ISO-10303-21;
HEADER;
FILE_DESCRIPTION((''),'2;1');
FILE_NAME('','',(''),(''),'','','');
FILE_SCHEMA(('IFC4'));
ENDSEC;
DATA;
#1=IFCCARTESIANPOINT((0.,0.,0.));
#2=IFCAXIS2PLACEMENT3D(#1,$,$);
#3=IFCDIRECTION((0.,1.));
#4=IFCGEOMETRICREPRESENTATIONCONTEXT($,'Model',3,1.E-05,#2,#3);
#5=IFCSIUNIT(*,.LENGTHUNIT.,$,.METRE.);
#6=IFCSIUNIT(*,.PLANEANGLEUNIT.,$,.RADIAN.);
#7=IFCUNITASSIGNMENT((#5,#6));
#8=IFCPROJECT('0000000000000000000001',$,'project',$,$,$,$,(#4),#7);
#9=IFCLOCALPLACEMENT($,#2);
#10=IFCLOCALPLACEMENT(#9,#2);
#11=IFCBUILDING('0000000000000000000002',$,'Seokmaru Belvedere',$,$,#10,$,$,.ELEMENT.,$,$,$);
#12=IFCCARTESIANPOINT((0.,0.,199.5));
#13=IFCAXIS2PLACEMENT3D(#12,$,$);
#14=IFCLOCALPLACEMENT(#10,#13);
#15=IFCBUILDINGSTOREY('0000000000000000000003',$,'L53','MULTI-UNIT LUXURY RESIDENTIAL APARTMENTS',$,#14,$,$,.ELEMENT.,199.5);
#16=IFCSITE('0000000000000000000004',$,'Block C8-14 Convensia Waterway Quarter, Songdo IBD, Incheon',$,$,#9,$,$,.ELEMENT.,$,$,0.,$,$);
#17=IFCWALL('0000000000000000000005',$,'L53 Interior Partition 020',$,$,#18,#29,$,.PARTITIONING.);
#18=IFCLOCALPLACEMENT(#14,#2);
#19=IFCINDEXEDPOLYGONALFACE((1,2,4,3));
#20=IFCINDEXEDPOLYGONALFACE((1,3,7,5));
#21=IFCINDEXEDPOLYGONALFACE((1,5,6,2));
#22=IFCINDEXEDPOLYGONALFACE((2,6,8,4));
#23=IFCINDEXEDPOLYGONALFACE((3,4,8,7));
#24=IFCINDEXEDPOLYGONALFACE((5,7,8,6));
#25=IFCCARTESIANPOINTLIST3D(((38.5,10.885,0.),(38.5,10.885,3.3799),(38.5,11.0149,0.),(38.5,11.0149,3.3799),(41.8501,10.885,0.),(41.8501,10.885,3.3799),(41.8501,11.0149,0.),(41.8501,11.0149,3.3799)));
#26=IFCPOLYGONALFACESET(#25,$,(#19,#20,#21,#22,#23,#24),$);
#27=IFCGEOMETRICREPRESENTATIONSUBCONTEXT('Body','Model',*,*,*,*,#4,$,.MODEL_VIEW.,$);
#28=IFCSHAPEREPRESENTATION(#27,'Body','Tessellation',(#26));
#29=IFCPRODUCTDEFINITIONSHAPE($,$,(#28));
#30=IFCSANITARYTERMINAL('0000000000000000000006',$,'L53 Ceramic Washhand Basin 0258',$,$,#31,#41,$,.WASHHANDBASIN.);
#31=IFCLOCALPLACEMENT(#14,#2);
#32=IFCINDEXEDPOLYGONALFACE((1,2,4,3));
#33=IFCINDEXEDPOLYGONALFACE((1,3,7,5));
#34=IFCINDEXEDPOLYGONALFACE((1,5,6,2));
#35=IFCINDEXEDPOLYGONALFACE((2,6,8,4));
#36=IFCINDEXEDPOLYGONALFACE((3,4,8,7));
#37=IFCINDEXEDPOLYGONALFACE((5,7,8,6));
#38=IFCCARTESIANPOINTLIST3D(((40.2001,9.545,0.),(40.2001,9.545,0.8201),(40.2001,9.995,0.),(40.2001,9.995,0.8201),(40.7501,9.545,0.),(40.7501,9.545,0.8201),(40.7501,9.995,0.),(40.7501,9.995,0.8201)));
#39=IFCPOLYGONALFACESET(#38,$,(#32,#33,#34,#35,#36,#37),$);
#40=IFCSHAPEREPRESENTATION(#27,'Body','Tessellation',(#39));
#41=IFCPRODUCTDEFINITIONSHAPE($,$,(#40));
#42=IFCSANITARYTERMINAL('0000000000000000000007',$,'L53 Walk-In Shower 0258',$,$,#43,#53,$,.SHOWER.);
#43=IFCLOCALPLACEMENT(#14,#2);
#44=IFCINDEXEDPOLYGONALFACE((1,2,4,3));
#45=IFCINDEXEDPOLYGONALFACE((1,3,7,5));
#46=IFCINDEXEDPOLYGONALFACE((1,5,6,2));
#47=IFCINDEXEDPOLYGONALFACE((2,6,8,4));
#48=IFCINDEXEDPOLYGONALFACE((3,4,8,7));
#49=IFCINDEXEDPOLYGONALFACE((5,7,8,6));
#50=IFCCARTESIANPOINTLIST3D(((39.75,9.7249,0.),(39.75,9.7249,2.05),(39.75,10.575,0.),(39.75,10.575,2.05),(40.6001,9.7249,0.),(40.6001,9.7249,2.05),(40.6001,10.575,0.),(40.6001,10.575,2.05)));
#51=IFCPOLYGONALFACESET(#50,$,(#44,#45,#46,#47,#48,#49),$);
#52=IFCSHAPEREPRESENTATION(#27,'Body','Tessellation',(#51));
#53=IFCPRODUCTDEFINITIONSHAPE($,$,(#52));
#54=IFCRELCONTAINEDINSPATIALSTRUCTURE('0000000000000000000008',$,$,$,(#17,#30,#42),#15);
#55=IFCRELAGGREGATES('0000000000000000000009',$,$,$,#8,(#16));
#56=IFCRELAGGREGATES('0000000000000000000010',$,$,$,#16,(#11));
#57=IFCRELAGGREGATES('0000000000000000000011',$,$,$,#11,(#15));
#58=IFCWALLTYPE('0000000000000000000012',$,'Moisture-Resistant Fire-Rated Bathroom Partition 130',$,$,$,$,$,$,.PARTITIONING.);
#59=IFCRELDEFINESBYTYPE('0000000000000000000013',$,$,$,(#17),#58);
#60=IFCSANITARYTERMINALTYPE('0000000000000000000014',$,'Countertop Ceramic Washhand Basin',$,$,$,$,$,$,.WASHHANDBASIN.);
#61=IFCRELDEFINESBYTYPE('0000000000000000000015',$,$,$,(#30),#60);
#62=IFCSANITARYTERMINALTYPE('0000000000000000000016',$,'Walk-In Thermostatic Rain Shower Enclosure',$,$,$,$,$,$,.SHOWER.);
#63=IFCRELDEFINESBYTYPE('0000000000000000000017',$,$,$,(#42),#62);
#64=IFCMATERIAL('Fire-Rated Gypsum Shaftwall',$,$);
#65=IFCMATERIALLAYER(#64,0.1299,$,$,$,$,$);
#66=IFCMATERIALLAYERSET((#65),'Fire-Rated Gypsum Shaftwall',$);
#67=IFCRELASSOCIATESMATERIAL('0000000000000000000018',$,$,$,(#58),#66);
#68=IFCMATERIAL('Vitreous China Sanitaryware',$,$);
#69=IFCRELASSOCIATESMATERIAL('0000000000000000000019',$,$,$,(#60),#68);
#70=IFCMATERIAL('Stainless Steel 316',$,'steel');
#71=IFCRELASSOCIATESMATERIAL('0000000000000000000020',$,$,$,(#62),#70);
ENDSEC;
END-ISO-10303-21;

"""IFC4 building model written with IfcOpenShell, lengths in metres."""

from ifc_helpers import new_model, si_unit, direction, frame, frame_2d, origin, origin_2d, place, context, subcontext, project, spatial, rectangle, extrude, source, transform, mapped, material, layer, layer_set, type_object, type_shapes, element, save


model = new_model("IFC4")

# Units and contexts
model_context = context("Model", 3, precision=1e-05, world=origin(), true_north=direction((0.0, 1.0)))
body_context = subcontext(model_context, "Body", "Model", "MODEL_VIEW")
ifc_project = project(units=[si_unit("LENGTHUNIT", "METRE"), si_unit("PLANEANGLEUNIT", "RADIAN")], contexts=[model_context])

# Site, building, storey
site_placement = place(None, origin())
site = spatial("IfcSite", under=ifc_project, at=site_placement, Name="Block C8-14 Convensia Waterway Quarter, Songdo IBD, Incheon", CompositionType="ELEMENT", RefElevation=0.0)
building_placement = place(site_placement, origin())
building = spatial("IfcBuilding", under=site, at=building_placement, Name="Seokmaru Belvedere", CompositionType="ELEMENT")
storey_placement = place(building_placement, frame((0.0, 0.0, 199.5)))
storey = spatial("IfcBuildingStorey", under=building, at=storey_placement, Name="L53", Description="MULTI-UNIT LUXURY RESIDENTIAL APARTMENTS", CompositionType="ELEMENT", Elevation=199.5)

# Shared definitions
ifc_material_1 = material(Name="Fire-Rated Gypsum Shaftwall")

# Wall
ifc_layer_1 = layer(ifc_material_1, 0.1299)
ifc_layer_set_1 = layer_set([ifc_layer_1], Name="Fire-Rated Gypsum Shaftwall")
wall_type_1 = type_object("IfcWallType", Name="Moisture-Resistant Fire-Rated Bathroom Partition 130", PredefinedType="PARTITIONING", material=ifc_layer_set_1)
wall_1_placement = place(storey_placement, frame((38.5, 10.95, 0.0), z_axis=(0.0, 0.0, 1.0), x_axis=(1.0, 0.0, 0.0)))
element("IfcWall", 1, at=wall_1_placement, inside=storey, type_object=wall_type_1, Name="L53 Interior Partition 020", PredefinedType="PARTITIONING", context=body_context, shape_type="SweptSolid", body=[
    extrude(rectangle(XDim=3.3501, YDim=0.1299, at=frame_2d((1.675, 0.0))), origin(), (0.0, 0.0, 1.0), 3.3799),
])

# Sanitary terminals
ifc_material_2 = material(Name="Vitreous China Sanitaryware")
sanitary_terminal_type_1 = type_object("IfcSanitaryTerminalType", Name="Countertop Ceramic Washhand Basin", PredefinedType="WASHHANDBASIN", material=ifc_material_2)
shared_shape_1 = source(origin(), body_context, "Body", "SweptSolid", [
    extrude(rectangle(XDim=0.55, YDim=0.45, at=origin_2d()), origin(), (0.0, 0.0, 1.0), 0.8201),
])
type_shapes(sanitary_terminal_type_1, [shared_shape_1])
sanitary_terminal_1_placement = place(storey_placement, frame((40.4751, 9.77, 0.0), z_axis=(0.0, 0.0, 1.0), x_axis=(1.0, 0.0, 0.0)))
element("IfcSanitaryTerminal", 2, at=sanitary_terminal_1_placement, inside=storey, type_object=sanitary_terminal_type_1, Name="L53 Ceramic Washhand Basin 0258", PredefinedType="WASHHANDBASIN", context=body_context, shape_type="MappedRepresentation", body=[
    mapped(shared_shape_1, transform((0.0, 0.0, 0.0), scale=1.0)),
])
ifc_material_3 = material(Name="Stainless Steel 316", Category="steel")
sanitary_terminal_type_2 = type_object("IfcSanitaryTerminalType", Name="Walk-In Thermostatic Rain Shower Enclosure", PredefinedType="SHOWER", material=ifc_material_3)
shared_shape_2 = source(origin(), body_context, "Body", "SweptSolid", [
    extrude(rectangle(XDim=0.8501, YDim=0.8501, at=origin_2d()), origin(), (0.0, 0.0, 1.0), 2.05),
])
type_shapes(sanitary_terminal_type_2, [shared_shape_2])
sanitary_terminal_2_placement = place(storey_placement, frame((40.175, 10.1499, 0.0), z_axis=(0.0, 0.0, 1.0), x_axis=(1.0, 0.0, 0.0)))
element("IfcSanitaryTerminal", 3, at=sanitary_terminal_2_placement, inside=storey, type_object=sanitary_terminal_type_2, Name="L53 Walk-In Shower 0258", PredefinedType="SHOWER", context=body_context, shape_type="MappedRepresentation", body=[
    mapped(shared_shape_2, transform((0.0, 0.0, 0.0), scale=1.0)),
])

save(model, "model.ifc")
